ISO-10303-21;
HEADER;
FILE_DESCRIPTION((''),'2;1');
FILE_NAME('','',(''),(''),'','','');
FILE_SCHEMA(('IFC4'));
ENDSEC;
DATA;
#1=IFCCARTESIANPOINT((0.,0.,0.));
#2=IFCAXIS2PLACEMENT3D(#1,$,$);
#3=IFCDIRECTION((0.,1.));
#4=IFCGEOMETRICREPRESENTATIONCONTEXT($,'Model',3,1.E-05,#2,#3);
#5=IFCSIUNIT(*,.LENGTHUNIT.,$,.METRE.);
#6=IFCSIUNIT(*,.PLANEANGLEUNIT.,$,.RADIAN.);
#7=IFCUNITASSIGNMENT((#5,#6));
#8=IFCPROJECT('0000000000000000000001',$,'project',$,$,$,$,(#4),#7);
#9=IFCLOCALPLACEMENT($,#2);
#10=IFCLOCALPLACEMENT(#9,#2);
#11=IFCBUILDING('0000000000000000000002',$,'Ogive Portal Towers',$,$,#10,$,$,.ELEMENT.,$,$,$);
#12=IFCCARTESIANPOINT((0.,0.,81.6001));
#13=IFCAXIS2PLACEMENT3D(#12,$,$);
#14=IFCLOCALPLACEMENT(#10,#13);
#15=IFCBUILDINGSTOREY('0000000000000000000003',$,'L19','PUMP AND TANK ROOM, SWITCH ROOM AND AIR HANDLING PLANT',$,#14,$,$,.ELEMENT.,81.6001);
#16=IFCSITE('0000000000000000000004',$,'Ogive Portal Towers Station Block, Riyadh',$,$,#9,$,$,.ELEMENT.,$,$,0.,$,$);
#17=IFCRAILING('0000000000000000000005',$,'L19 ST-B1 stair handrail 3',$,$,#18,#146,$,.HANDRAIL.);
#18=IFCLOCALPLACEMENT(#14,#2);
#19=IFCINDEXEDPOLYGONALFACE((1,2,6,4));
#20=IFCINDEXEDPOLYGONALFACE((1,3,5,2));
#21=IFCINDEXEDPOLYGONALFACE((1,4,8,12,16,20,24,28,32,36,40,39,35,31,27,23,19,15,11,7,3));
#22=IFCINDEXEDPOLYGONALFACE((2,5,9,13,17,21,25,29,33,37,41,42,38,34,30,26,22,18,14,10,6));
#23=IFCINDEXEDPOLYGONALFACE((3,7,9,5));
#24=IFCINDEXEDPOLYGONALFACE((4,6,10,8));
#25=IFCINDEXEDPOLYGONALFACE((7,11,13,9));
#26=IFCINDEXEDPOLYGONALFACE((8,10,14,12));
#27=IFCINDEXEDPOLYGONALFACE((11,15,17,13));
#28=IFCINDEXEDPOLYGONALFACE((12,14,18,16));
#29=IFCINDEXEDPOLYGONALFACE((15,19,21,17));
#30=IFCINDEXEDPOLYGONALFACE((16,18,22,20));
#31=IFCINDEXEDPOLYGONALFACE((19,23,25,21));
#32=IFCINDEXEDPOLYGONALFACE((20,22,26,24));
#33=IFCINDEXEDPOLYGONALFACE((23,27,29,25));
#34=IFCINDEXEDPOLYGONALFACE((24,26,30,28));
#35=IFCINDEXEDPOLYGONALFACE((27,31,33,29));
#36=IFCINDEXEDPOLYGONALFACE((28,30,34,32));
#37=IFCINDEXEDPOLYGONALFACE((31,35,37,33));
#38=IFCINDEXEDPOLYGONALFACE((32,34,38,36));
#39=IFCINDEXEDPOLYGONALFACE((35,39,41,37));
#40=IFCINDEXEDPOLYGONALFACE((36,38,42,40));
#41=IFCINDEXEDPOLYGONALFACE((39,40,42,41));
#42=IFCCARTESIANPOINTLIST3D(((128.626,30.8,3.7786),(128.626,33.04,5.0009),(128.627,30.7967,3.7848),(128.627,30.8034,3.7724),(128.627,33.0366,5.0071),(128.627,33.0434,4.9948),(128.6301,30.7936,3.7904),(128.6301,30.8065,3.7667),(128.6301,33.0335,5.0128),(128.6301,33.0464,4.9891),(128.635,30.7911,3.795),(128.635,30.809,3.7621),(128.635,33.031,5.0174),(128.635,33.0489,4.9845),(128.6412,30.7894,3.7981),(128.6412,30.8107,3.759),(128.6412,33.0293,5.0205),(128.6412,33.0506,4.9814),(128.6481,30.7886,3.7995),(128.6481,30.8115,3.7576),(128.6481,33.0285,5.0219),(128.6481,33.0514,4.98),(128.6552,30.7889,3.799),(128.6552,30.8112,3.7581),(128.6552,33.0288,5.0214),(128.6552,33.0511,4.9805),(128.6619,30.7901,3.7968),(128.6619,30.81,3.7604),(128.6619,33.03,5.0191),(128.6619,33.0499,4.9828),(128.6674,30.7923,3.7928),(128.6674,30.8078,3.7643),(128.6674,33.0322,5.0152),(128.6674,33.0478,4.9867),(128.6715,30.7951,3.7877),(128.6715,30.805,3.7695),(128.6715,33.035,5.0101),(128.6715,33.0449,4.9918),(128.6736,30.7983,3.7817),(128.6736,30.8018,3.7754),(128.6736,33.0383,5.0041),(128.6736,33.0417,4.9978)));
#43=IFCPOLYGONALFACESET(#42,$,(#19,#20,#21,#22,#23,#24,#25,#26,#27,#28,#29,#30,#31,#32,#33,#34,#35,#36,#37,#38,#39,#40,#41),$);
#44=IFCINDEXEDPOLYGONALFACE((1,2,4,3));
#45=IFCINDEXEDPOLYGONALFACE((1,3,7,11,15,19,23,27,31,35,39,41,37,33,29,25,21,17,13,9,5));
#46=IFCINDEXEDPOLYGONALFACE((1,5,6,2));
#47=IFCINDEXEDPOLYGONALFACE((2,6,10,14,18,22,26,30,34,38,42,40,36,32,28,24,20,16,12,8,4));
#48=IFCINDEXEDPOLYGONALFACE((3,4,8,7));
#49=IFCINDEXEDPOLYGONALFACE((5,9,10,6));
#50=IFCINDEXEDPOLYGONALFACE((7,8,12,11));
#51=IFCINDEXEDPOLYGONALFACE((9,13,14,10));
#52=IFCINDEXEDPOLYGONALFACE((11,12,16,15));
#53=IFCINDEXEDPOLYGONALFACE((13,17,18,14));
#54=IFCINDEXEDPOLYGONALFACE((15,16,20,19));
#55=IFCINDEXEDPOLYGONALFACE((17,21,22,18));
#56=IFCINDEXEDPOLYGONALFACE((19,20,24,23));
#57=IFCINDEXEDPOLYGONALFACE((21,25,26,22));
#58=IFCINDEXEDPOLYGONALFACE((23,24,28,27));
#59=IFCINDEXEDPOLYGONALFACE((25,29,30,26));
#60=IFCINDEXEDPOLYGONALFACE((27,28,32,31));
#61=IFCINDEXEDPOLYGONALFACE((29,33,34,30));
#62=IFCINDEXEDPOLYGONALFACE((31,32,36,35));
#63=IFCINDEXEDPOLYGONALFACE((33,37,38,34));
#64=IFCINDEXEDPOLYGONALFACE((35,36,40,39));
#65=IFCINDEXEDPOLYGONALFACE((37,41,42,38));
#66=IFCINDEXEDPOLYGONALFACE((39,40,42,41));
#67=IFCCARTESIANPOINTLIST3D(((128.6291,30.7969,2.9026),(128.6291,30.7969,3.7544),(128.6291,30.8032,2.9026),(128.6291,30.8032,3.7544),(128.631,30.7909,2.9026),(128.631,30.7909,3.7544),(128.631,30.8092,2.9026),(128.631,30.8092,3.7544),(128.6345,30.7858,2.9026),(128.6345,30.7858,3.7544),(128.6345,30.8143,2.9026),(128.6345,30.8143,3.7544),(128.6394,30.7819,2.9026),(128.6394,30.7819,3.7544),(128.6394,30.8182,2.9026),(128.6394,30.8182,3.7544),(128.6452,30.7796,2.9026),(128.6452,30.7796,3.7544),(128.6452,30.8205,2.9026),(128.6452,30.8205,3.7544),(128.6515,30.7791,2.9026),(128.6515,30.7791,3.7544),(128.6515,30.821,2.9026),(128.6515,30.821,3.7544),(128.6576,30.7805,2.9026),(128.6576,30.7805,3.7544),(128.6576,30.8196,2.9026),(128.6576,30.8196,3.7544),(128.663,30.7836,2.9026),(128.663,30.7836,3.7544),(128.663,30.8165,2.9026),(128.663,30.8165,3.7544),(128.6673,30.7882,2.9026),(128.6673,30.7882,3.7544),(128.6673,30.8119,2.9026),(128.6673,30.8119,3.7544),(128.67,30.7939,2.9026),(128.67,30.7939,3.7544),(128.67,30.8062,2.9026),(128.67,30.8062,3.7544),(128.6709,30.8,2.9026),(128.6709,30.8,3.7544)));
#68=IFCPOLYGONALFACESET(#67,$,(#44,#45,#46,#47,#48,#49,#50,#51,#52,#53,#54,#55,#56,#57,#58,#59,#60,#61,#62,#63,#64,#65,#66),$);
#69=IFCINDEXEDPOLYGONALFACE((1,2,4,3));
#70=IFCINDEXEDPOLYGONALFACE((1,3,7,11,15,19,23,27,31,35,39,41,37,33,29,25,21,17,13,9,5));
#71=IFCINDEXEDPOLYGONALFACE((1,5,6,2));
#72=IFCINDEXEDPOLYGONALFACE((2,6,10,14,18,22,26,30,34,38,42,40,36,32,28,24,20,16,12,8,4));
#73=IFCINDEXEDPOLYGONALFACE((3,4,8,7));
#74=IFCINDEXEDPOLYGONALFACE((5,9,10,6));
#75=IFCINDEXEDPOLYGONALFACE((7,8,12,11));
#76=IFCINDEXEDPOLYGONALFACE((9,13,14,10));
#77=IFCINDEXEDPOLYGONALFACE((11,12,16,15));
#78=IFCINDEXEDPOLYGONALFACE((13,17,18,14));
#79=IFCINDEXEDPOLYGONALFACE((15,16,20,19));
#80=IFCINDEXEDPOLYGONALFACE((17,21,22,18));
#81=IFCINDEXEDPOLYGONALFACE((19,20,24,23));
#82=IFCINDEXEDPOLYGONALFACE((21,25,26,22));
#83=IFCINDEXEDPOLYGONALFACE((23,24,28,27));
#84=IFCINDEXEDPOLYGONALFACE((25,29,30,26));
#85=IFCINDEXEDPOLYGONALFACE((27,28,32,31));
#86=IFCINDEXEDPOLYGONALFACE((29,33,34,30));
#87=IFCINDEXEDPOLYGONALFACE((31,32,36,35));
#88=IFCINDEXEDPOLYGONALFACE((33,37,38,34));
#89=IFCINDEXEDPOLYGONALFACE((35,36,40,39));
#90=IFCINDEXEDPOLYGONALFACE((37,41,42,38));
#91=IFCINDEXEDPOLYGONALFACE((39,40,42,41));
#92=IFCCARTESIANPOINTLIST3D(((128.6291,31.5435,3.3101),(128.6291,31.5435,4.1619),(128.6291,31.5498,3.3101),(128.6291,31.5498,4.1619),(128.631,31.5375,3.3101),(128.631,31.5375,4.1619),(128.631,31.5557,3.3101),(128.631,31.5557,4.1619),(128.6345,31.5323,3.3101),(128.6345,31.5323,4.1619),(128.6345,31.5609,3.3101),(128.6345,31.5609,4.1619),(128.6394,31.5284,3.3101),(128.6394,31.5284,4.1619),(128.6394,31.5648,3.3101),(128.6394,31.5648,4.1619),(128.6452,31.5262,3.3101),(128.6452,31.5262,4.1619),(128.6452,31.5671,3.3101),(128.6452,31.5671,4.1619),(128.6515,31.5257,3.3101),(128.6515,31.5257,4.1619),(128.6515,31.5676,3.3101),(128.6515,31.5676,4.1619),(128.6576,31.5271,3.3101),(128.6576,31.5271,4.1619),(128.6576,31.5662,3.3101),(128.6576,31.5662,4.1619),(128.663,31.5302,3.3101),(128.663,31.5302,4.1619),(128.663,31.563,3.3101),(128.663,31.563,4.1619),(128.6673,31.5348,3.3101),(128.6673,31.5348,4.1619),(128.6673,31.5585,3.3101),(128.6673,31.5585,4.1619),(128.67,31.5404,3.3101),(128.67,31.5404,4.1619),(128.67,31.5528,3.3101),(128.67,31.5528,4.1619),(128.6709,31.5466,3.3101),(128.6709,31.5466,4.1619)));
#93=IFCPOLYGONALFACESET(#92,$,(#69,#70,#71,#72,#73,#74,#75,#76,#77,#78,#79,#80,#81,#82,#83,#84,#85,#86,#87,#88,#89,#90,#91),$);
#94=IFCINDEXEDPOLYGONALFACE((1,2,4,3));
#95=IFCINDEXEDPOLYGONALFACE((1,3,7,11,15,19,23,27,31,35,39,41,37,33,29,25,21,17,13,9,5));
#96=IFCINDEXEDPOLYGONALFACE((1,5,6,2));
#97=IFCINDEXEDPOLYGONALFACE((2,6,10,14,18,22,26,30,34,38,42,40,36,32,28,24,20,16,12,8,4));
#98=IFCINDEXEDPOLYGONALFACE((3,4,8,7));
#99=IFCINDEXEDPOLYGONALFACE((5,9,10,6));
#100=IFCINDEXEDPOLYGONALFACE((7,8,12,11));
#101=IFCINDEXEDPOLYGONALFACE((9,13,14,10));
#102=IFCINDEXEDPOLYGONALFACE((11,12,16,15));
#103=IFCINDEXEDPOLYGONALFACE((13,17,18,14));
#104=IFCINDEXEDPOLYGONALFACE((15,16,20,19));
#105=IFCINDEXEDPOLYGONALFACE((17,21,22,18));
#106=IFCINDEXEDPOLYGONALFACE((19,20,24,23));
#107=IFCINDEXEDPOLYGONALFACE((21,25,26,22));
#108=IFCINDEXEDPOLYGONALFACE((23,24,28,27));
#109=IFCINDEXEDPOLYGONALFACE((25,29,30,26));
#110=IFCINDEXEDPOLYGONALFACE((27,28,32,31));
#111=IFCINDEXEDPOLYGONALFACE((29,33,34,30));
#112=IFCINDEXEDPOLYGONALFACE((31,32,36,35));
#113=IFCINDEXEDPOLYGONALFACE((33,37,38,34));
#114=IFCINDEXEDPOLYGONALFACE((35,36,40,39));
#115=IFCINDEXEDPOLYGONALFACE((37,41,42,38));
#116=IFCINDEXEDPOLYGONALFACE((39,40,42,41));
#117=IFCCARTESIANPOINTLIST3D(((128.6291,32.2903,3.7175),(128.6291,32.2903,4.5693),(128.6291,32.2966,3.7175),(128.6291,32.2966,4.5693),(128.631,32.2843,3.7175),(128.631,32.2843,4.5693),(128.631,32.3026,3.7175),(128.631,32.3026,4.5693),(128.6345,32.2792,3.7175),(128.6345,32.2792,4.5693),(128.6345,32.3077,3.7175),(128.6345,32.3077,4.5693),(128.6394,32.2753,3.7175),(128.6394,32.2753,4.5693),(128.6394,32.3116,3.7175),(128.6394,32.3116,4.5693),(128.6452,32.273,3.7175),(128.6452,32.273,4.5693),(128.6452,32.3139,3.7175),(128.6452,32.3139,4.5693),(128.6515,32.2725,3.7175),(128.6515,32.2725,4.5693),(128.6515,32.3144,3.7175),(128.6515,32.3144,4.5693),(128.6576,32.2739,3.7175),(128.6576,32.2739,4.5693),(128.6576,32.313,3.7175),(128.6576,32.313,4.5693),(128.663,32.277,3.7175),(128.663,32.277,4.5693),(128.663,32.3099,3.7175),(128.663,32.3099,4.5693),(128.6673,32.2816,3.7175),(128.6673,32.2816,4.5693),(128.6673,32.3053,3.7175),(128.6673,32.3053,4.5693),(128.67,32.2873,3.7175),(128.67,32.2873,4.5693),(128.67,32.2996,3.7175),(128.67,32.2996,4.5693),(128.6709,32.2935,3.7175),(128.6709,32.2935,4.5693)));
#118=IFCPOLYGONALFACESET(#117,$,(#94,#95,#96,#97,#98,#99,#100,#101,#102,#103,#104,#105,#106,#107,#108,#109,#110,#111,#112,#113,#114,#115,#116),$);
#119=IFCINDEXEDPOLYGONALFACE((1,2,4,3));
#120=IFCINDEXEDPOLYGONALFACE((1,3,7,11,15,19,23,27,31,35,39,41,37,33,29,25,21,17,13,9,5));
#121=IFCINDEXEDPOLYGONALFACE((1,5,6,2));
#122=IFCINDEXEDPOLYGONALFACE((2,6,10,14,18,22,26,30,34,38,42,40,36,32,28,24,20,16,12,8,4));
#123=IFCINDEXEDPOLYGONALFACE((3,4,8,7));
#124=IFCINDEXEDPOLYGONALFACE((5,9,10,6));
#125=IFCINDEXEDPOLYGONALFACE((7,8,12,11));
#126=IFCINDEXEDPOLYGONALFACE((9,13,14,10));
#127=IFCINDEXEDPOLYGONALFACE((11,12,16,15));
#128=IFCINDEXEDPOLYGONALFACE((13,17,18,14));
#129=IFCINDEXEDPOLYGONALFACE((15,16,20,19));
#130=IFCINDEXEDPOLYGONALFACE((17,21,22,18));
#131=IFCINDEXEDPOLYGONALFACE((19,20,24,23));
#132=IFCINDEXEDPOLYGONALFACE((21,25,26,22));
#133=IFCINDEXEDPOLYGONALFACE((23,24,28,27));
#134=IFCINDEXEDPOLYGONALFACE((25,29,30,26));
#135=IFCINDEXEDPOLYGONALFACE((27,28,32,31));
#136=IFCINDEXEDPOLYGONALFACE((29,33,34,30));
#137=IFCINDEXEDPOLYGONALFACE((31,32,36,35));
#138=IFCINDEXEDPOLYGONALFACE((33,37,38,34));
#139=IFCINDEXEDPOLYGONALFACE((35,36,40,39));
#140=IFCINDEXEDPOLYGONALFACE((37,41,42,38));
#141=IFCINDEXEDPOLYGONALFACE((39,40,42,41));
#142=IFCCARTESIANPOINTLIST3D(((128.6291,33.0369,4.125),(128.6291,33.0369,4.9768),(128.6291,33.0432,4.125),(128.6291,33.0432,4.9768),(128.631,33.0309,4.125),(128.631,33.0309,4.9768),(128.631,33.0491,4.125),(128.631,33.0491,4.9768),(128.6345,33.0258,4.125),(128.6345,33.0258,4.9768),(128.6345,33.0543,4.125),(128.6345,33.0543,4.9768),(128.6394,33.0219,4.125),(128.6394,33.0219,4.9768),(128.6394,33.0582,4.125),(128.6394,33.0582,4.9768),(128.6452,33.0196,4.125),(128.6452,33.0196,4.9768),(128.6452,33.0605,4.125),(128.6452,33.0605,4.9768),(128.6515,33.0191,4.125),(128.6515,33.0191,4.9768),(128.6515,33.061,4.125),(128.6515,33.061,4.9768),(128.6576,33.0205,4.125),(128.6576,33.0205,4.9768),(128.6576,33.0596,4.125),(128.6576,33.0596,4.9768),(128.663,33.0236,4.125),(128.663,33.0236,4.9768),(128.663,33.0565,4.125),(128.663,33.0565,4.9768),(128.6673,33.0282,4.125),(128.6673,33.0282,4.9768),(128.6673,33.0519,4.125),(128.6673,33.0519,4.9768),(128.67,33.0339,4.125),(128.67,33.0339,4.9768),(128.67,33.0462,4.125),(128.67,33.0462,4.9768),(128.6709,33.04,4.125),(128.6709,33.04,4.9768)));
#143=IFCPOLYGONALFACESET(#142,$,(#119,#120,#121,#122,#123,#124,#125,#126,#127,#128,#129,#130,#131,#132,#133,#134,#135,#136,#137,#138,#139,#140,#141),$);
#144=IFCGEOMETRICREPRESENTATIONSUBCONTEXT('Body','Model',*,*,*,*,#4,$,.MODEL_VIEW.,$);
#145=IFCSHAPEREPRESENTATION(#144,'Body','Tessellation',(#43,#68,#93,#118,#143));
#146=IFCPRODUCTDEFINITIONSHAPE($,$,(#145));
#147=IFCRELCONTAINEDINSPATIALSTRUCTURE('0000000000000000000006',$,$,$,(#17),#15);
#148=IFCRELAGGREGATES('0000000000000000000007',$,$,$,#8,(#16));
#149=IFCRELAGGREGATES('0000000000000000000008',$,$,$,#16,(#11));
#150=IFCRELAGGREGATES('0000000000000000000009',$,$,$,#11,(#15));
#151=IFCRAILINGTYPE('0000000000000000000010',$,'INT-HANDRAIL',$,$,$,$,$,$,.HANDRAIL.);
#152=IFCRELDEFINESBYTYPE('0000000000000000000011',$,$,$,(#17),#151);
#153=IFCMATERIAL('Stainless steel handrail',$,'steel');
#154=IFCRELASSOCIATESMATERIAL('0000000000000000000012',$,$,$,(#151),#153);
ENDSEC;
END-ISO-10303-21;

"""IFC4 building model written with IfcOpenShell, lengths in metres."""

from ifc_helpers import new_model, si_unit, direction, frame, origin, origin_2d, place, context, subcontext, project, spatial, circle, extrude, material, type_object, element, save


model = new_model("IFC4")

# Units and contexts
model_context = context("Model", 3, precision=1e-05, world=origin(), true_north=direction((0.0, 1.0)))
body_context = subcontext(model_context, "Body", "Model", "MODEL_VIEW")
ifc_project = project(units=[si_unit("LENGTHUNIT", "METRE"), si_unit("PLANEANGLEUNIT", "RADIAN")], contexts=[model_context])

# Site, building, storey
site_placement = place(None, origin())
site = spatial("IfcSite", under=ifc_project, at=site_placement, Name="Ogive Portal Towers Station Block, Riyadh", CompositionType="ELEMENT", RefElevation=0.0)
building_placement = place(site_placement, origin())
building = spatial("IfcBuilding", under=site, at=building_placement, Name="Ogive Portal Towers", CompositionType="ELEMENT")
storey_placement = place(building_placement, frame((0.0, 0.0, 81.6001)))
storey = spatial("IfcBuildingStorey", under=building, at=storey_placement, Name="L19", Description="PUMP AND TANK ROOM, SWITCH ROOM AND AIR HANDLING PLANT", CompositionType="ELEMENT", Elevation=81.6001)

# Railing
ifc_material_1 = material(Name="Stainless steel handrail", Category="steel")
railing_type_1 = type_object("IfcRailingType", Name="INT-HANDRAIL", PredefinedType="HANDRAIL", material=ifc_material_1)
railing_1_placement = place(storey_placement, frame((128.6499, 30.8, 2.9026)))
element("IfcRailing", 1, at=railing_1_placement, inside=storey, type_object=railing_type_1, Name="L19 ST-B1 stair handrail 3", PredefinedType="HANDRAIL", context=body_context, shape_type="SweptSolid", body=[
    extrude(circle(Radius=0.0239, at=origin_2d()), frame((0.0, 0.0, 0.876), z_axis=(0.0, 0.877797, 0.479033), x_axis=(-1.0, 0.0, 0.0)), (0.0, 0.0, 1.0), 2.5518),
    extrude(circle(Radius=0.021, at=origin_2d()), origin(), (0.0, 0.0, 1.0), 0.8518),
    extrude(circle(Radius=0.021, at=origin_2d()), frame((0.0, 0.7466, 0.4075)), (0.0, 0.0, 1.0), 0.8518),
    extrude(circle(Radius=0.021, at=origin_2d()), frame((0.0, 1.4934, 0.8149)), (0.0, 0.0, 1.0), 0.8518),
    extrude(circle(Radius=0.021, at=origin_2d()), frame((0.0, 2.24, 1.2224)), (0.0, 0.0, 1.0), 0.8518),
])

save(model, "model.ifc")
